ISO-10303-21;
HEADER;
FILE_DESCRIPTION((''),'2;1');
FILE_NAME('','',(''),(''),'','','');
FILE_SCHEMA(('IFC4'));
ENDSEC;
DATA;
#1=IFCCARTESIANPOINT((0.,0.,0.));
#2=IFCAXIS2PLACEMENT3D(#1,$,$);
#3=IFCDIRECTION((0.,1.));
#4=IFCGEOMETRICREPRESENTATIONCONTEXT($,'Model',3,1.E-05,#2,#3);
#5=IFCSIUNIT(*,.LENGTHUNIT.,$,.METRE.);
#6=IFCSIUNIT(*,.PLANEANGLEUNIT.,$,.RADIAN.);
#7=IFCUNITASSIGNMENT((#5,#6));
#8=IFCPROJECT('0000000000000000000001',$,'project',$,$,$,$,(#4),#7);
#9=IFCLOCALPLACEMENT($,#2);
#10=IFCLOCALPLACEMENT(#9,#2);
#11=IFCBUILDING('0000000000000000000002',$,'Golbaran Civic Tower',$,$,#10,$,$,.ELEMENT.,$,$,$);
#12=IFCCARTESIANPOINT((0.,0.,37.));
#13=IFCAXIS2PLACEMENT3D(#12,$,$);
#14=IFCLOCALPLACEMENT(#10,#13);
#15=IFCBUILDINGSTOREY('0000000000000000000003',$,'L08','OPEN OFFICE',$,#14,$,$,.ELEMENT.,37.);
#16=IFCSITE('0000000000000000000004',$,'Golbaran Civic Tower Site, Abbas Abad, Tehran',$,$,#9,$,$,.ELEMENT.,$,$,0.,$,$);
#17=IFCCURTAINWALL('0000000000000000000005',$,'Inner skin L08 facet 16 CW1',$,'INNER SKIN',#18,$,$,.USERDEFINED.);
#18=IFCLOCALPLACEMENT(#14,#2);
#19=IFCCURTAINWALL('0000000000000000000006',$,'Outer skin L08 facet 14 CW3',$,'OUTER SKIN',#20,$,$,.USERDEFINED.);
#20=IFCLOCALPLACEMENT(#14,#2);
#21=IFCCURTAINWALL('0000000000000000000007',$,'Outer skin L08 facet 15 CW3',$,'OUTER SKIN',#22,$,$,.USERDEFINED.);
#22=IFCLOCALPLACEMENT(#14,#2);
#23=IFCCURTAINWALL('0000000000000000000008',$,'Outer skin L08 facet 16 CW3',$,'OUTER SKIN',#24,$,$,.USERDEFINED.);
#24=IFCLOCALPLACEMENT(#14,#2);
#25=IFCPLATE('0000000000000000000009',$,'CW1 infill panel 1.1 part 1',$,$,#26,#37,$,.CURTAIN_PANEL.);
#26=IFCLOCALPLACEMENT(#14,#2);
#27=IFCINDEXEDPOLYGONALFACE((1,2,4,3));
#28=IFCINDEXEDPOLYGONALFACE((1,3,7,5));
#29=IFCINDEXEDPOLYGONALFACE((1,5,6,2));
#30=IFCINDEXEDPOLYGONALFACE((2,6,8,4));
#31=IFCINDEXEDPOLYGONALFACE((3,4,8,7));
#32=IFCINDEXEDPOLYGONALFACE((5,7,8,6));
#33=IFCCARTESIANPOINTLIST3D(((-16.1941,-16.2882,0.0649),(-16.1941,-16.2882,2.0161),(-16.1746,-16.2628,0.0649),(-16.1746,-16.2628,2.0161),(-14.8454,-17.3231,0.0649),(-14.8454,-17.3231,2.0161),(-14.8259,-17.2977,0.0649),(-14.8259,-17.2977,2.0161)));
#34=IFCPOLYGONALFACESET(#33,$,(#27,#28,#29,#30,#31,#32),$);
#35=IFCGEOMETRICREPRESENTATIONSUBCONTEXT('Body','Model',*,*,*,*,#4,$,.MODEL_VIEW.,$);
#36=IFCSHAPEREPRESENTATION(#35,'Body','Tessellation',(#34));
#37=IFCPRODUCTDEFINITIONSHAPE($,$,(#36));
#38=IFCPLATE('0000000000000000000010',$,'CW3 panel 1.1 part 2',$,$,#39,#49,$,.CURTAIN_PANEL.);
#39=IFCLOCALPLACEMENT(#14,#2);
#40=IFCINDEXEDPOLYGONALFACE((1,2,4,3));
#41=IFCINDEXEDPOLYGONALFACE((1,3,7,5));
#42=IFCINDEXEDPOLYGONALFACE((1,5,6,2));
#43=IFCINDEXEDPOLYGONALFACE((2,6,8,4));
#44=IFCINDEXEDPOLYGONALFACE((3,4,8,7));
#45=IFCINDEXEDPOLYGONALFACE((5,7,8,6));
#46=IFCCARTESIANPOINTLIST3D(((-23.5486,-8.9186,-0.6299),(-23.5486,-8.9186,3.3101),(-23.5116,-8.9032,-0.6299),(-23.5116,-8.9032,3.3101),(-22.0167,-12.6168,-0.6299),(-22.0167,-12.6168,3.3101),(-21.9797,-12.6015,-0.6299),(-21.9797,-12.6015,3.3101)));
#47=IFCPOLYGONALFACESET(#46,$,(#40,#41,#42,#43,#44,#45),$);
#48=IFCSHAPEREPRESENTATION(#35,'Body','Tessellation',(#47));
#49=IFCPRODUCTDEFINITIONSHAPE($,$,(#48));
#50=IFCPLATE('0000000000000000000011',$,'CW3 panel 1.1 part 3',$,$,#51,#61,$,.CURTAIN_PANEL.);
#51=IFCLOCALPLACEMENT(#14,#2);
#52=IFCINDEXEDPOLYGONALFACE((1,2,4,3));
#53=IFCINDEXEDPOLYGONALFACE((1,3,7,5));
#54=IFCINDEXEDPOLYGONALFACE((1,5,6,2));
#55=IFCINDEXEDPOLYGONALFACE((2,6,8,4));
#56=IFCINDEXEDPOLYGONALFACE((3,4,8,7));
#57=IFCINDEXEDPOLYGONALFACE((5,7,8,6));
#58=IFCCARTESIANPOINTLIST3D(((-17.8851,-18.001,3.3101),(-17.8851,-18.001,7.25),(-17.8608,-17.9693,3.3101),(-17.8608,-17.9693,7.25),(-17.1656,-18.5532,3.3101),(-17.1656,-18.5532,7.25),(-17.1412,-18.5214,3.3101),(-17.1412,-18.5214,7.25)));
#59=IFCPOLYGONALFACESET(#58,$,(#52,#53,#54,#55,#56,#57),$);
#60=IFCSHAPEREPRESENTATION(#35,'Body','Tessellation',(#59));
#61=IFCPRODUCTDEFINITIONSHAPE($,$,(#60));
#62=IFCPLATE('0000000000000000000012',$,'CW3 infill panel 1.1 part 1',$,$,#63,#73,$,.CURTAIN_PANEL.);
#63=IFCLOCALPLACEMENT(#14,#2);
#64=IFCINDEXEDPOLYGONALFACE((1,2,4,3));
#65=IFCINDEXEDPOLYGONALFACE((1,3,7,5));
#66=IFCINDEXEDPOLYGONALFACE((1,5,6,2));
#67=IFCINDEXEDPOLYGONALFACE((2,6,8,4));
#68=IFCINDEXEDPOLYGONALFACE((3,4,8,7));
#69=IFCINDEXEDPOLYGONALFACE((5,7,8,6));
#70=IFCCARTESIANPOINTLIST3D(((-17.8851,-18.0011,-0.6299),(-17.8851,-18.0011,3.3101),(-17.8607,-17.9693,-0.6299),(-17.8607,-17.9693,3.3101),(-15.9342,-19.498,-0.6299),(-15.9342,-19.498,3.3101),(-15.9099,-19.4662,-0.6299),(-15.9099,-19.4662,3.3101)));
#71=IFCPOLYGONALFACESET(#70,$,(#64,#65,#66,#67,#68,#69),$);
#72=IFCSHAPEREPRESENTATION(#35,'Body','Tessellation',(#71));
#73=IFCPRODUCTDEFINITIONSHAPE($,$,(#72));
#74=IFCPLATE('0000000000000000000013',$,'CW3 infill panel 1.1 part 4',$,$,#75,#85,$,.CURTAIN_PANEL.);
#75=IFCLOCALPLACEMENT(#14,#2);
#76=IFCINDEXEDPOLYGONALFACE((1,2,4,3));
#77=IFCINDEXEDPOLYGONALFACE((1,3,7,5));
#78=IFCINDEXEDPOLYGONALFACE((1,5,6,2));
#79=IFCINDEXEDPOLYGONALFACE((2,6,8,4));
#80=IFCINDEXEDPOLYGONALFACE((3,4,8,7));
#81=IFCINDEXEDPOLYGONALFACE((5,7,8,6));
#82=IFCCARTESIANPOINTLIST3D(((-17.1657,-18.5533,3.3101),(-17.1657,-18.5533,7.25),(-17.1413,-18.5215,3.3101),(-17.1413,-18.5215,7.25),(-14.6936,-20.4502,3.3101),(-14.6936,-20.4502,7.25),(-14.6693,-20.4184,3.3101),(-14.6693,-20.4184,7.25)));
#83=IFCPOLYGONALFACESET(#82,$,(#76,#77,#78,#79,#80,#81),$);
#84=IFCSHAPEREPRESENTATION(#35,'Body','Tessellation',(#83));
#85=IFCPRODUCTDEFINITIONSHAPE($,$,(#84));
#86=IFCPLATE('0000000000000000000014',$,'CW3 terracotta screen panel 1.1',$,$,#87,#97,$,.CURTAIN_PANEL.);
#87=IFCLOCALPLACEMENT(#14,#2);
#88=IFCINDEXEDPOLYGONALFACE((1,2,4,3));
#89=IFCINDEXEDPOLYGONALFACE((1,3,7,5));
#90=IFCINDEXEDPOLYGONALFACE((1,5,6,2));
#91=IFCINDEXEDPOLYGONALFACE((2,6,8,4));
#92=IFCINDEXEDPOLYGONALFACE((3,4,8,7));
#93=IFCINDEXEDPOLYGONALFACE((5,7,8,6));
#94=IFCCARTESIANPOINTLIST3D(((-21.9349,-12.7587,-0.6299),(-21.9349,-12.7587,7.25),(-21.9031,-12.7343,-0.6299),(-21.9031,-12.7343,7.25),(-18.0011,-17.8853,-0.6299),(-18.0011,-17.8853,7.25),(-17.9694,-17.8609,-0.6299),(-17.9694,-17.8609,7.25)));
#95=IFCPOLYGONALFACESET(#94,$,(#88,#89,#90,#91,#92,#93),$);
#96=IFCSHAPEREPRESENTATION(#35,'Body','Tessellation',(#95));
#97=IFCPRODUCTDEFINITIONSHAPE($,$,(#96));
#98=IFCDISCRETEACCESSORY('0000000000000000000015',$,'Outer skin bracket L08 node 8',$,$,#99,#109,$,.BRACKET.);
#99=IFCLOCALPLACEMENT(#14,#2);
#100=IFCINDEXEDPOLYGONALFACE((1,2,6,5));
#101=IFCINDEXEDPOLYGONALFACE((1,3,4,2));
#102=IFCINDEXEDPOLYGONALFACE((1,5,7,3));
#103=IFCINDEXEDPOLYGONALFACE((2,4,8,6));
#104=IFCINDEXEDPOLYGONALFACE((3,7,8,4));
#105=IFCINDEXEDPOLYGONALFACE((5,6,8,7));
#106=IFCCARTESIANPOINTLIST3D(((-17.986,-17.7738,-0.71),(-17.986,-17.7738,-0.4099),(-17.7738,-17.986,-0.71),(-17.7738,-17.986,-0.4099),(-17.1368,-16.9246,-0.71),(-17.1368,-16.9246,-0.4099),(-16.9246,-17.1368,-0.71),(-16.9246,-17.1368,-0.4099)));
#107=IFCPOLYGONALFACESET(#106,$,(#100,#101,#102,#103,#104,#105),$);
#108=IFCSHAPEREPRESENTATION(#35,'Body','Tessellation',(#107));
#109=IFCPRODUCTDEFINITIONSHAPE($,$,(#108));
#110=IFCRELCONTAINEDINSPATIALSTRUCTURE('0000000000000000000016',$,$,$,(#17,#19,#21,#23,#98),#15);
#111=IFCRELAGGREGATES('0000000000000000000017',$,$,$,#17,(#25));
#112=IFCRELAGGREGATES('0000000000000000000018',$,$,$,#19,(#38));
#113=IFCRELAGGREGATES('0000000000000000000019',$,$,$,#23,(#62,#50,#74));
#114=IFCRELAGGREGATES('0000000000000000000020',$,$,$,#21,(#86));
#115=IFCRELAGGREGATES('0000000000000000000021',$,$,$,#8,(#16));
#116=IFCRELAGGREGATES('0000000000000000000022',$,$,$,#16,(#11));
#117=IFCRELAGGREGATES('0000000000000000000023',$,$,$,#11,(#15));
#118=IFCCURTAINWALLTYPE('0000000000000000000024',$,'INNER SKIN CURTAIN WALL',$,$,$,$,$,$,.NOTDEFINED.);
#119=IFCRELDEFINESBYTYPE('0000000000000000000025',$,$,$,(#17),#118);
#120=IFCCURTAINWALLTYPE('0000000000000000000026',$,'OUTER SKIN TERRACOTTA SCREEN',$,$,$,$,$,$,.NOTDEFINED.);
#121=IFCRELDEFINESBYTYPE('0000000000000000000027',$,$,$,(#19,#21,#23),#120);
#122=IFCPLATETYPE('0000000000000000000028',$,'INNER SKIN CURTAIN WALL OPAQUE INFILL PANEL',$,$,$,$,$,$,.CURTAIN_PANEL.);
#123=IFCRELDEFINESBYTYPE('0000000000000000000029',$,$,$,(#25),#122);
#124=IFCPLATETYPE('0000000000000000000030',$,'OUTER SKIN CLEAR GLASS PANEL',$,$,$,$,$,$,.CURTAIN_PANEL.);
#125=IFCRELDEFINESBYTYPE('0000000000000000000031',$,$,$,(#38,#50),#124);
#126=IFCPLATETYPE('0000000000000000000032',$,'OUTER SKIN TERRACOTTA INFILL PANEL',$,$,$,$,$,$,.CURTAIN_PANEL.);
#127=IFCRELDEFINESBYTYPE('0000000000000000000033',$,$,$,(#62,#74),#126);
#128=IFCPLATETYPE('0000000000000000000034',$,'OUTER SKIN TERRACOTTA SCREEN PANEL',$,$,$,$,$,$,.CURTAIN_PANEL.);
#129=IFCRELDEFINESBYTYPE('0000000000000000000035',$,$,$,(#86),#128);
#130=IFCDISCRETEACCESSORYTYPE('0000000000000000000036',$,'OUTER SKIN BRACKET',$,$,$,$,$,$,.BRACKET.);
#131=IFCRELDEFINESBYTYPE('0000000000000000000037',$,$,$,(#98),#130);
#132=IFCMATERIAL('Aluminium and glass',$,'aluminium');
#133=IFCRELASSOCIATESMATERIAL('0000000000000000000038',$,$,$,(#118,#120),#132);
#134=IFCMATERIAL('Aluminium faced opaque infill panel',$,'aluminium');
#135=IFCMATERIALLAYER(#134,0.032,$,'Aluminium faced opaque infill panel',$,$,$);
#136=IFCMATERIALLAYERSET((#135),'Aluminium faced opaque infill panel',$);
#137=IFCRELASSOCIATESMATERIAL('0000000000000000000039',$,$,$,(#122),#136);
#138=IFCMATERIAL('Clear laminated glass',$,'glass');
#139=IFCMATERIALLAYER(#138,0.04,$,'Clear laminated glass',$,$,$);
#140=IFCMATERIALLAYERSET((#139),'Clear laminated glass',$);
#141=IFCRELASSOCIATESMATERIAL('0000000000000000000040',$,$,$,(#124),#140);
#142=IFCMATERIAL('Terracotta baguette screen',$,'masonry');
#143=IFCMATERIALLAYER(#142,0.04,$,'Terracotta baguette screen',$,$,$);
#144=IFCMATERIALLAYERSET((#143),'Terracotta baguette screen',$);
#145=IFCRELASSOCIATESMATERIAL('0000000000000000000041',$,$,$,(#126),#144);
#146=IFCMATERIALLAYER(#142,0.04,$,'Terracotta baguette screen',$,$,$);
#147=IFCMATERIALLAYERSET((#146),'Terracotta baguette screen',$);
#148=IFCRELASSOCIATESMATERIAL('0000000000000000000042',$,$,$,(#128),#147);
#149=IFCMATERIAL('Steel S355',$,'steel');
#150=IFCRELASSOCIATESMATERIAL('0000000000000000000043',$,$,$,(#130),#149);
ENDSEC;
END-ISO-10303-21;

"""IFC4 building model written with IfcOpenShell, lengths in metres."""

from ifc_helpers import new_model, si_unit, direction, frame, origin, origin_2d, place, context, subcontext, project, spatial, rectangle, extrude, material, layer, layer_set, type_object, element, aggregate, save


model = new_model("IFC4")

# Units and contexts
model_context = context("Model", 3, precision=1e-05, world=origin(), true_north=direction((0.0, 1.0)))
body_context = subcontext(model_context, "Body", "Model", "MODEL_VIEW")
ifc_project = project(units=[si_unit("LENGTHUNIT", "METRE"), si_unit("PLANEANGLEUNIT", "RADIAN")], contexts=[model_context])

# Site, building, storey
site_placement = place(None, origin())
site = spatial("IfcSite", under=ifc_project, at=site_placement, Name="Golbaran Civic Tower Site, Abbas Abad, Tehran", CompositionType="ELEMENT", RefElevation=0.0)
building_placement = place(site_placement, origin())
building = spatial("IfcBuilding", under=site, at=building_placement, Name="Golbaran Civic Tower", CompositionType="ELEMENT")
storey_placement = place(building_placement, frame((0.0, 0.0, 37.0)))
storey = spatial("IfcBuildingStorey", under=building, at=storey_placement, Name="L08", Description="OPEN OFFICE", CompositionType="ELEMENT", Elevation=37.0)

# Shared definitions
ifc_material_1 = material(Name="Steel S355", Category="steel")

# Shared definitions
ifc_material_2 = material(Name="Aluminium and glass", Category="aluminium")
curtain_wall_type_1 = type_object("IfcCurtainWallType", Name="INNER SKIN CURTAIN WALL", PredefinedType="NOTDEFINED", material=ifc_material_2)

# Curtain wall
curtain_wall_1_placement = place(storey_placement, origin())
curtain_wall_1 = element("IfcCurtainWall", 1, at=curtain_wall_1_placement, inside=storey, type_object=curtain_wall_type_1, Name="Inner skin L08 facet 16 CW1", ObjectType="INNER SKIN", PredefinedType="USERDEFINED")

# Curtain wall
curtain_wall_type_2 = type_object("IfcCurtainWallType", Name="OUTER SKIN TERRACOTTA SCREEN", PredefinedType="NOTDEFINED", material=ifc_material_2)
curtain_wall_2_placement = place(storey_placement, origin())
curtain_wall_2 = element("IfcCurtainWall", 2, at=curtain_wall_2_placement, inside=storey, type_object=curtain_wall_type_2, Name="Outer skin L08 facet 14 CW3", ObjectType="OUTER SKIN", PredefinedType="USERDEFINED")

# Curtain wall
curtain_wall_3_placement = place(storey_placement, origin())
curtain_wall_3 = element("IfcCurtainWall", 3, at=curtain_wall_3_placement, inside=storey, type_object=curtain_wall_type_2, Name="Outer skin L08 facet 15 CW3", ObjectType="OUTER SKIN", PredefinedType="USERDEFINED")

# Curtain wall
curtain_wall_4_placement = place(storey_placement, origin())
curtain_wall_4 = element("IfcCurtainWall", 4, at=curtain_wall_4_placement, inside=storey, type_object=curtain_wall_type_2, Name="Outer skin L08 facet 16 CW3", ObjectType="OUTER SKIN", PredefinedType="USERDEFINED")

# Plates
ifc_material_3 = material(Name="Aluminium faced opaque infill panel", Category="aluminium")
ifc_layer_1 = layer(ifc_material_3, 0.032, Name="Aluminium faced opaque infill panel")
ifc_layer_set_1 = layer_set([ifc_layer_1], Name="Aluminium faced opaque infill panel")
plate_type_1 = type_object("IfcPlateType", Name="INNER SKIN CURTAIN WALL OPAQUE INFILL PANEL", PredefinedType="CURTAIN_PANEL", material=ifc_layer_set_1)
plate_1_placement = place(storey_placement, frame((-15.51, -16.793, 0.0649), z_axis=(0.0, 0.0, 1.0), x_axis=(0.793353, -0.608761, 0.0)))
plate_1 = element("IfcPlate", 5, at=plate_1_placement, type_object=plate_type_1, Name="CW1 infill panel 1.1 part 1", PredefinedType="CURTAIN_PANEL", context=body_context, shape_type="SweptSolid", body=[
    extrude(rectangle(XDim=1.7, YDim=0.032, at=origin_2d()), origin(), (0.0, 0.0, 1.0), 1.9512),
])
aggregate(curtain_wall_1, [plate_1])
ifc_material_4 = material(Name="Clear laminated glass", Category="glass")
ifc_layer_2 = layer(ifc_material_4, 0.04, Name="Clear laminated glass")
ifc_layer_set_2 = layer_set([ifc_layer_2], Name="Clear laminated glass")
plate_type_2 = type_object("IfcPlateType", Name="OUTER SKIN CLEAR GLASS PANEL", PredefinedType="CURTAIN_PANEL", material=ifc_layer_set_2)
plate_2_placement = place(storey_placement, frame((-22.7642, -10.76, -0.6299), z_axis=(0.0, 0.0, 1.0), x_axis=(0.382683, -0.92388, 0.0)))
plate_2 = element("IfcPlate", 6, at=plate_2_placement, type_object=plate_type_2, Name="CW3 panel 1.1 part 2", PredefinedType="CURTAIN_PANEL", context=body_context, shape_type="SweptSolid", body=[
    extrude(rectangle(XDim=4.0029, YDim=0.04, at=origin_2d()), origin(), (0.0, 0.0, 1.0), 3.9399),
])
aggregate(curtain_wall_2, [plate_2])
plate_3_placement = place(storey_placement, frame((-17.5132, -18.2612, 3.3101), z_axis=(0.0, 0.0, 1.0), x_axis=(0.793353, -0.608761, 0.0)))
plate_3 = element("IfcPlate", 7, at=plate_3_placement, type_object=plate_type_2, Name="CW3 panel 1.1 part 3", PredefinedType="CURTAIN_PANEL", context=body_context, shape_type="SweptSolid", body=[
    extrude(rectangle(XDim=0.907, YDim=0.04, at=origin_2d()), origin(), (0.0, 0.0, 1.0), 3.9399),
])
ifc_material_5 = material(Name="Terracotta baguette screen", Category="masonry")
ifc_layer_3 = layer(ifc_material_5, 0.04, Name="Terracotta baguette screen")
ifc_layer_set_3 = layer_set([ifc_layer_3], Name="Terracotta baguette screen")
plate_type_3 = type_object("IfcPlateType", Name="OUTER SKIN TERRACOTTA INFILL PANEL", PredefinedType="CURTAIN_PANEL", material=ifc_layer_set_3)
plate_4_placement = place(storey_placement, frame((-16.8975, -18.7336, -0.6299), z_axis=(0.0, 0.0, 1.0), x_axis=(0.793353, -0.608761, 0.0)))
plate_4 = element("IfcPlate", 8, at=plate_4_placement, type_object=plate_type_3, Name="CW3 infill panel 1.1 part 1", PredefinedType="CURTAIN_PANEL", context=body_context, shape_type="SweptSolid", body=[
    extrude(rectangle(XDim=2.459, YDim=0.04, at=origin_2d()), origin(), (0.0, 0.0, 1.0), 3.9399),
])
plate_5_placement = place(storey_placement, frame((-15.9175, -19.4858, 3.3101), z_axis=(0.0, 0.0, 1.0), x_axis=(0.793353, -0.608761, 0.0)))
plate_5 = element("IfcPlate", 9, at=plate_5_placement, type_object=plate_type_3, Name="CW3 infill panel 1.1 part 4", PredefinedType="CURTAIN_PANEL", context=body_context, shape_type="SweptSolid", body=[
    extrude(rectangle(XDim=3.116, YDim=0.04, at=origin_2d()), origin(), (0.0, 0.0, 1.0), 3.9399),
])
aggregate(curtain_wall_4, [plate_4, plate_3, plate_5])
ifc_layer_4 = layer(ifc_material_5, 0.04, Name="Terracotta baguette screen")
ifc_layer_set_4 = layer_set([ifc_layer_4], Name="Terracotta baguette screen")
plate_type_4 = type_object("IfcPlateType", Name="OUTER SKIN TERRACOTTA SCREEN PANEL", PredefinedType="CURTAIN_PANEL", material=ifc_layer_set_4)
plate_6_placement = place(storey_placement, frame((-19.9521, -15.3098, -0.6299), z_axis=(0.0, 0.0, 1.0), x_axis=(0.608761, -0.793353, 0.0)))
plate_6 = element("IfcPlate", 10, at=plate_6_placement, type_object=plate_type_4, Name="CW3 terracotta screen panel 1.1", PredefinedType="CURTAIN_PANEL", context=body_context, shape_type="SweptSolid", body=[
    extrude(rectangle(XDim=6.4619, YDim=0.04, at=origin_2d()), origin(), (0.0, 0.0, 1.0), 7.8799),
])
aggregate(curtain_wall_3, [plate_6])

# Discrete accessory
discrete_accessory_type = type_object("IfcDiscreteAccessoryType", Name="OUTER SKIN BRACKET", PredefinedType="BRACKET", material=ifc_material_1)
discrete_accessory_placement = place(storey_placement, frame((-17.4553, -17.4553, -0.71), z_axis=(0.0, 0.0, 1.0), x_axis=(-0.707107, -0.707107, 0.0)))
element("IfcDiscreteAccessory", 11, at=discrete_accessory_placement, inside=storey, type_object=discrete_accessory_type, Name="Outer skin bracket L08 node 8", PredefinedType="BRACKET", context=body_context, shape_type="SweptSolid", body=[
    extrude(rectangle(XDim=1.2009, YDim=0.3, at=origin_2d()), origin(), (0.0, 0.0, 1.0), 0.3),
])

save(model, "model.ifc")
